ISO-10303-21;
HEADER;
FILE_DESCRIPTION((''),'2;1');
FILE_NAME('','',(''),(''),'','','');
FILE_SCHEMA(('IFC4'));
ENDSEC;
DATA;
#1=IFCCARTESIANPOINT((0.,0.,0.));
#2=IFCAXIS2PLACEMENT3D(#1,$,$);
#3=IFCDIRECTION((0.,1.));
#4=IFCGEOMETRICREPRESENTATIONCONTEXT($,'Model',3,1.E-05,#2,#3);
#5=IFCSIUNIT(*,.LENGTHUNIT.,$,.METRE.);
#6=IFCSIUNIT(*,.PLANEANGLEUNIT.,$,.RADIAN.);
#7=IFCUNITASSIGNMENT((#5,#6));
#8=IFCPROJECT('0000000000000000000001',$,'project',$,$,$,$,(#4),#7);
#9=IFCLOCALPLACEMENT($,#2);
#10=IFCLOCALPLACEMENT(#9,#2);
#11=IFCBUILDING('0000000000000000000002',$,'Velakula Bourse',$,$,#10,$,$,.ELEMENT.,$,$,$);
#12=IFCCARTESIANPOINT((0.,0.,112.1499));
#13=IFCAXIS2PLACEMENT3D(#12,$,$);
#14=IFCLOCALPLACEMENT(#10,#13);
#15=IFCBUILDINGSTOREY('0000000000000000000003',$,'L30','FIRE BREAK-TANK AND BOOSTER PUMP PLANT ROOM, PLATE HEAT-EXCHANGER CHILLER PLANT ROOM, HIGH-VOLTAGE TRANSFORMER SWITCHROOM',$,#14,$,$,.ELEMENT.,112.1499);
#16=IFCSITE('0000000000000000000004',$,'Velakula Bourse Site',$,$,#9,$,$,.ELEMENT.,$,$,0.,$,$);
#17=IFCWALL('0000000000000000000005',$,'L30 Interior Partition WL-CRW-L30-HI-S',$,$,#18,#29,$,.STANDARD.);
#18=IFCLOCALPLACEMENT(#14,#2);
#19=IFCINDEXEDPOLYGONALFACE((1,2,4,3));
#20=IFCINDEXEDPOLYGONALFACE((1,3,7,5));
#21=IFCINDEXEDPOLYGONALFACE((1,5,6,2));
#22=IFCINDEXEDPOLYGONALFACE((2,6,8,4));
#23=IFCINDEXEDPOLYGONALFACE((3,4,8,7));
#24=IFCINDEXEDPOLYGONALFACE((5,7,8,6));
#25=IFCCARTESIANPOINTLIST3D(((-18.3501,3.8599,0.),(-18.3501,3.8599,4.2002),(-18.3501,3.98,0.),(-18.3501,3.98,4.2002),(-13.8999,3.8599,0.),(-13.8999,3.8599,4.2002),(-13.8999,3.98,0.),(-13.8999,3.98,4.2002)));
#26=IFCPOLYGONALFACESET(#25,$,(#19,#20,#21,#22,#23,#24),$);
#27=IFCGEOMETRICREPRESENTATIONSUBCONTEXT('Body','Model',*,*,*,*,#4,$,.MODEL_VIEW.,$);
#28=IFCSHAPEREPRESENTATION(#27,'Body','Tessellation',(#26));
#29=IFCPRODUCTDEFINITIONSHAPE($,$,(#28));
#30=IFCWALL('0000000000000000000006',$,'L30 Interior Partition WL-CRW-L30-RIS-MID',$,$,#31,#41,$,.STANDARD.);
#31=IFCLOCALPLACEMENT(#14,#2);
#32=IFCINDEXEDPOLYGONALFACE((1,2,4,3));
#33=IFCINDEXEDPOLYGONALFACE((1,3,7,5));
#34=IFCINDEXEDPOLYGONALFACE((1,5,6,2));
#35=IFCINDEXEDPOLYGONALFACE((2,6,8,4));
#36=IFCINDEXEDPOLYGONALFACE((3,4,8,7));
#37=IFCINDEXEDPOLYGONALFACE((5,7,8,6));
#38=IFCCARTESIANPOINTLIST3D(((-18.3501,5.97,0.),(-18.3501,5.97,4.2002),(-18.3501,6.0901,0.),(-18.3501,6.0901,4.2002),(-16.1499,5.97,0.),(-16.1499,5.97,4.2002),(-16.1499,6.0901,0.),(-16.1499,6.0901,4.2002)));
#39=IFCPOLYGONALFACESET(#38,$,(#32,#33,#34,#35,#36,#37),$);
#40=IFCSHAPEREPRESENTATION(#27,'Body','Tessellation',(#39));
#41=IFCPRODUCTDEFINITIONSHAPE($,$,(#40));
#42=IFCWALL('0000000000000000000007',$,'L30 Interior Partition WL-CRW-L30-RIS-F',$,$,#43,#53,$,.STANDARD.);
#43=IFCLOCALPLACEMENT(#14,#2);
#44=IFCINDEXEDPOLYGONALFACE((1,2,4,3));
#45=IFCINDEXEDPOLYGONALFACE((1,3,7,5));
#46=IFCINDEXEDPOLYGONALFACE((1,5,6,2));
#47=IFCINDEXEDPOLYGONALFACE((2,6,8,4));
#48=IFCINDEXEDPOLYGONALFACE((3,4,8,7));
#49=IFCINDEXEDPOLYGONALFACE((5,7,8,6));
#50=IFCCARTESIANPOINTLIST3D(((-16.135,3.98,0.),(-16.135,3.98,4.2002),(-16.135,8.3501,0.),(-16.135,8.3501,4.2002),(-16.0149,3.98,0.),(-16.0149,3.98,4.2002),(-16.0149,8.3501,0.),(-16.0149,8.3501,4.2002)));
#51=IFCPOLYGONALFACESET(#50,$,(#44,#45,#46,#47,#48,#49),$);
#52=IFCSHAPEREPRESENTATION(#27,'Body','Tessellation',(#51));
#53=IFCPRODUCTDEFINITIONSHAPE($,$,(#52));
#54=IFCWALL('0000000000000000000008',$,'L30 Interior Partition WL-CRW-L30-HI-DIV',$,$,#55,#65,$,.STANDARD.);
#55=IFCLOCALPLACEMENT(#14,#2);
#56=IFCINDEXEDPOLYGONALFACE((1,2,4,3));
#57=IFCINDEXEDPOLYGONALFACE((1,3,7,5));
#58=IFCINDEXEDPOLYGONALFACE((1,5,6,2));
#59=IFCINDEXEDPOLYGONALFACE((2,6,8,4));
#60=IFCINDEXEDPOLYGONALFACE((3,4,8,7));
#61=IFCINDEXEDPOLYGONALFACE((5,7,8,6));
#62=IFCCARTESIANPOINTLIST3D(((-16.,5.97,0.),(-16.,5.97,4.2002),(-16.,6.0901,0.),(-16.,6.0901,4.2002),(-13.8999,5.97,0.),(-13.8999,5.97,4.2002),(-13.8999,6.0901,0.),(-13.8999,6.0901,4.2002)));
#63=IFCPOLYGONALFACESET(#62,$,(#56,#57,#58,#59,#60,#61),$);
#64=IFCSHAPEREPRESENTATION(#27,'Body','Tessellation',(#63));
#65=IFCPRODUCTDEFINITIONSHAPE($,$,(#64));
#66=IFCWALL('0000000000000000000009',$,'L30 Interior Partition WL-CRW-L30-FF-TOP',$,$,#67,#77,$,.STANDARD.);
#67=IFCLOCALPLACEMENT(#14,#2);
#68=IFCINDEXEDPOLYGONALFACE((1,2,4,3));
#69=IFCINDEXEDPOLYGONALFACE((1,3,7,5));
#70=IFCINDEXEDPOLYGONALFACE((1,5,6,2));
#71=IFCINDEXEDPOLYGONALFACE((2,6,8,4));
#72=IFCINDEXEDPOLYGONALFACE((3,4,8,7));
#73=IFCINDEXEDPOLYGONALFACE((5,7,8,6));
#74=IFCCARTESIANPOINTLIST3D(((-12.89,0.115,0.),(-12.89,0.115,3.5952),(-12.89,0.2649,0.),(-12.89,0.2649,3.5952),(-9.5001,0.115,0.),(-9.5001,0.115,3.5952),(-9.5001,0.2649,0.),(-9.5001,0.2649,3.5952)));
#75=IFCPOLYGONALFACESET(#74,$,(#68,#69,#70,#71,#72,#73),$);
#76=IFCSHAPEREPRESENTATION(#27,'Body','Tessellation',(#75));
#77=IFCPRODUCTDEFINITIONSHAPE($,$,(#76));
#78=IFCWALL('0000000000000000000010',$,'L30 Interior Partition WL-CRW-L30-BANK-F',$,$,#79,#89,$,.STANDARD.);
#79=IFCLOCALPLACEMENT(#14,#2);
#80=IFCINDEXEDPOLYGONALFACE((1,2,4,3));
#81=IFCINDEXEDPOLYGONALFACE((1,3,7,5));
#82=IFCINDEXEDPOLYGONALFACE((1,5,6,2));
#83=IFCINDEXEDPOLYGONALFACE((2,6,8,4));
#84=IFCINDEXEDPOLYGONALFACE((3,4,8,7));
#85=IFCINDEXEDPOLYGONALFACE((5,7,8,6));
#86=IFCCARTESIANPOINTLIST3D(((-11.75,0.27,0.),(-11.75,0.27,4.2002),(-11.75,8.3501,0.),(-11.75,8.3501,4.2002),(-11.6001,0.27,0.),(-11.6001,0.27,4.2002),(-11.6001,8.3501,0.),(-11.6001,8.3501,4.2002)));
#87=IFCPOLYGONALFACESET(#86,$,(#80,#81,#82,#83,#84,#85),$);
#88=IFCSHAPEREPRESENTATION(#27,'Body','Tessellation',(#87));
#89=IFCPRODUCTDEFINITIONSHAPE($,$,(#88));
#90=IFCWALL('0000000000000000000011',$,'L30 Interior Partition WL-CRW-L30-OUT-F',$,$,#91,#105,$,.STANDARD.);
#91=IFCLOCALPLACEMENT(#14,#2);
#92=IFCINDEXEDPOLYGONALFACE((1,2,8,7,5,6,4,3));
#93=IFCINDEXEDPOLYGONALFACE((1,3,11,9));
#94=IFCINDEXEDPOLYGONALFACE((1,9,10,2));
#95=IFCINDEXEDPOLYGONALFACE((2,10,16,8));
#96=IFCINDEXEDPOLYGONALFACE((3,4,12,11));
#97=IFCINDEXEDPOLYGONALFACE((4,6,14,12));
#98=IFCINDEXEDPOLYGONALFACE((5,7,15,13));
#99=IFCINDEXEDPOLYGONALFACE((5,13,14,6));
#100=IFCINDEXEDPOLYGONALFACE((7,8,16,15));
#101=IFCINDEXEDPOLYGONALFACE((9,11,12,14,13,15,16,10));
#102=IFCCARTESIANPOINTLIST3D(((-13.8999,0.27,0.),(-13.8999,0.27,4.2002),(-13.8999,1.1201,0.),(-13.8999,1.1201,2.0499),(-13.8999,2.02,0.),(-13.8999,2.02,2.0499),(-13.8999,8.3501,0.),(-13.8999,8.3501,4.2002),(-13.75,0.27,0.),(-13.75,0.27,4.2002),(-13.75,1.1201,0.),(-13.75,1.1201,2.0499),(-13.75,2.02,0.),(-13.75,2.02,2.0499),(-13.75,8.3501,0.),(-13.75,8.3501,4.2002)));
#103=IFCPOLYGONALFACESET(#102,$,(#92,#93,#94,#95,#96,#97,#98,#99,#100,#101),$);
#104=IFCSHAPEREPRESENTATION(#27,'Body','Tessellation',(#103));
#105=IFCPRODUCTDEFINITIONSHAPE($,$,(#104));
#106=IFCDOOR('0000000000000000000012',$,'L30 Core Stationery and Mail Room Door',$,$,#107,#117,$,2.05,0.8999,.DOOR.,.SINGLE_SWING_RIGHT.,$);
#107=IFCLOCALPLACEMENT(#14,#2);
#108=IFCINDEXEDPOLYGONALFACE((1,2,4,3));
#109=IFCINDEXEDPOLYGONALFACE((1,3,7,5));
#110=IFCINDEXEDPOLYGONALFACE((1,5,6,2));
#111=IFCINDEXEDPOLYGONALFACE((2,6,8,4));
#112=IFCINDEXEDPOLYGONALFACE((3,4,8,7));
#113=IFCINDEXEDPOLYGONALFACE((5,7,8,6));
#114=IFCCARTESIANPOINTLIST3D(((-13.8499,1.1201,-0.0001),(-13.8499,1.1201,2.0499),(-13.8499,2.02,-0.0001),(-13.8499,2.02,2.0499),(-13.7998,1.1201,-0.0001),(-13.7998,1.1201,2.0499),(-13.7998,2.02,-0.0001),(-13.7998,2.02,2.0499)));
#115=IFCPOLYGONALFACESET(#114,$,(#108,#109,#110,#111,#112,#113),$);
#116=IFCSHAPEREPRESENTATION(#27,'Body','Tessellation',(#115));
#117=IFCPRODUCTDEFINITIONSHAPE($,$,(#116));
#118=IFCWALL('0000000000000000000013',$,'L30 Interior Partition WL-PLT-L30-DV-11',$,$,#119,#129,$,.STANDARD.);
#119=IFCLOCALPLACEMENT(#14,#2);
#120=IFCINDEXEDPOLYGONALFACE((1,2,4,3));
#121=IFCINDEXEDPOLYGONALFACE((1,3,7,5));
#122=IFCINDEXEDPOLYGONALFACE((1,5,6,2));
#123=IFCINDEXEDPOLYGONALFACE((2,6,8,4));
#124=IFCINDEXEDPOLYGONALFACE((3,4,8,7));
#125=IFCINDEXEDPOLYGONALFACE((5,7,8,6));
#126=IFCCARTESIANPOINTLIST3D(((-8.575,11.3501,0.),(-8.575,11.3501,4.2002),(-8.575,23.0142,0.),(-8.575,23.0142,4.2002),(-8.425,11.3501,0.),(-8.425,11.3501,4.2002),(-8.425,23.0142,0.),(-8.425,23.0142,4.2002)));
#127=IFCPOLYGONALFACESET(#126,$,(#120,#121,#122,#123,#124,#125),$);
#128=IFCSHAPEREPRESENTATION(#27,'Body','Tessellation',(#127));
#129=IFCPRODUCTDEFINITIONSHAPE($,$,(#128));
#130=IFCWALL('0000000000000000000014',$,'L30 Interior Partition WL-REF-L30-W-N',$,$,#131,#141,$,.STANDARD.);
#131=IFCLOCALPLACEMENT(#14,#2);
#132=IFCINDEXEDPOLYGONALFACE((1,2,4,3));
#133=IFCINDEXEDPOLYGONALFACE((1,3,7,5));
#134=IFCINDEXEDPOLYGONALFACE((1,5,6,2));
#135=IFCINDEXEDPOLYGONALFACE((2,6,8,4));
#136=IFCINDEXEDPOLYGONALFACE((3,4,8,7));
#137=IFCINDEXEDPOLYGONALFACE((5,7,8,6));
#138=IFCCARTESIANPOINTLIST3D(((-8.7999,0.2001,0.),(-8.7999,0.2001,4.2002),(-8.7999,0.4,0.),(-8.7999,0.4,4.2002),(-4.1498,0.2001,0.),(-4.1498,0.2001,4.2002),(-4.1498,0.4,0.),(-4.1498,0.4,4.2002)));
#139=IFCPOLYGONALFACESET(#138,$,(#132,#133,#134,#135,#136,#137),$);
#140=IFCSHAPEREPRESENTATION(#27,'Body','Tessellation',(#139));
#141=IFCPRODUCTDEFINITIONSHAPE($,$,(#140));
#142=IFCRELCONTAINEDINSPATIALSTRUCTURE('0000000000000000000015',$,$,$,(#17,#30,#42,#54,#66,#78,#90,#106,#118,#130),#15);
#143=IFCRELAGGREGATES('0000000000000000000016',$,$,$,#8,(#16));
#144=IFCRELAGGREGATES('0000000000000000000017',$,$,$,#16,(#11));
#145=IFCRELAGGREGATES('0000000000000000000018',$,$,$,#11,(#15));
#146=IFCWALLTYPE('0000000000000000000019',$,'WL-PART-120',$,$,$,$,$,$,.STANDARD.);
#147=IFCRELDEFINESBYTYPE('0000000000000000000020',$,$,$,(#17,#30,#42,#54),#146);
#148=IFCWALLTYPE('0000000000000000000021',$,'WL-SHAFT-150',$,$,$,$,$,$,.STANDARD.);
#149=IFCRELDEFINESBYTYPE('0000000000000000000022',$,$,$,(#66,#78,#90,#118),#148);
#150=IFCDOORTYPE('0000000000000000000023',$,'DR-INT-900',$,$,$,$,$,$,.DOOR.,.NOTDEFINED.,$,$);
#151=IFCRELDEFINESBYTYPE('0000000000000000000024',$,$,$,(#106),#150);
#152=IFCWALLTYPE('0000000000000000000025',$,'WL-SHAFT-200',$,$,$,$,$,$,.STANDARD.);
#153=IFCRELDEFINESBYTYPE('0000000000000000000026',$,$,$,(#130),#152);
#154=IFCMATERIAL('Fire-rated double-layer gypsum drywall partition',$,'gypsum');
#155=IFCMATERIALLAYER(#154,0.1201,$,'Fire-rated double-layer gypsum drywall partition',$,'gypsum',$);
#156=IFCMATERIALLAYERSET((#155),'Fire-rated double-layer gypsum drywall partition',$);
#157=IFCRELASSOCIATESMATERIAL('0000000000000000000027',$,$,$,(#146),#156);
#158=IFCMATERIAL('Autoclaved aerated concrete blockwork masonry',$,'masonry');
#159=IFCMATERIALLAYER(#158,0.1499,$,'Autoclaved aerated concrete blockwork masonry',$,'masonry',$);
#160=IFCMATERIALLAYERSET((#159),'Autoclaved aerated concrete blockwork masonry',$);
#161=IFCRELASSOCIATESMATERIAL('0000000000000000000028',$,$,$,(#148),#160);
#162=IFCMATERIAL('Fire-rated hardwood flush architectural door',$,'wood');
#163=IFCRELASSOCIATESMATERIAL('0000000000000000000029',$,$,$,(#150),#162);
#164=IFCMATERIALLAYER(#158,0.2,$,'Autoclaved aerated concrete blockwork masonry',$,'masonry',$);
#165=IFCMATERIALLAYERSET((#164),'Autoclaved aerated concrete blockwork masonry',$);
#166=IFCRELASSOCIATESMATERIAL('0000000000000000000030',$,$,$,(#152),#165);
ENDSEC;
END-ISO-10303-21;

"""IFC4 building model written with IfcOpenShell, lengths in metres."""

from ifc_helpers import new_model, si_unit, direction, frame, frame_2d, origin, place, context, subcontext, project, spatial, rectangle, extrude, material, layer, layer_set, type_object, element, fill, save


model = new_model("IFC4")

# Units and contexts
model_context = context("Model", 3, precision=1e-05, world=origin(), true_north=direction((0.0, 1.0)))
body_context = subcontext(model_context, "Body", "Model", "MODEL_VIEW")
ifc_project = project(units=[si_unit("LENGTHUNIT", "METRE"), si_unit("PLANEANGLEUNIT", "RADIAN")], contexts=[model_context])

# Site, building, storey
site_placement = place(None, origin())
site = spatial("IfcSite", under=ifc_project, at=site_placement, Name="Velakula Bourse Site", CompositionType="ELEMENT", RefElevation=0.0)
building_placement = place(site_placement, origin())
building = spatial("IfcBuilding", under=site, at=building_placement, Name="Velakula Bourse", CompositionType="ELEMENT")
storey_placement = place(building_placement, frame((0.0, 0.0, 112.1499)))
storey = spatial("IfcBuildingStorey", under=building, at=storey_placement, Name="L30", Description="FIRE BREAK-TANK AND BOOSTER PUMP PLANT ROOM, PLATE HEAT-EXCHANGER CHILLER PLANT ROOM, HIGH-VOLTAGE TRANSFORMER SWITCHROOM", CompositionType="ELEMENT", Elevation=112.1499)

# Shared definitions
ifc_material_1 = material(Name="Fire-rated double-layer gypsum drywall partition", Category="gypsum")
ifc_layer_1 = layer(ifc_material_1, 0.1201, Name="Fire-rated double-layer gypsum drywall partition", Category="gypsum")
ifc_layer_set_1 = layer_set([ifc_layer_1], Name="Fire-rated double-layer gypsum drywall partition")
wall_type_1 = type_object("IfcWallType", Name="WL-PART-120", PredefinedType="STANDARD", material=ifc_layer_set_1)
ifc_material_2 = material(Name="Fire-rated hardwood flush architectural door", Category="wood")

# Walls
wall_1_placement = place(storey_placement, frame((-18.3501, 3.9199, 0.0), z_axis=(0.0, 0.0, 1.0), x_axis=(1.0, 0.0, 0.0)))
element("IfcWall", 1, at=wall_1_placement, inside=storey, type_object=wall_type_1, Name="L30 Interior Partition WL-CRW-L30-HI-S", PredefinedType="STANDARD", context=body_context, shape_type="SweptSolid", body=[
    extrude(rectangle(XDim=4.4502, YDim=0.1201, at=frame_2d((2.2251, 0.0))), origin(), (0.0, 0.0, 1.0), 4.2002),
])
wall_2_placement = place(storey_placement, frame((-18.3501, 6.03, 0.0), z_axis=(0.0, 0.0, 1.0), x_axis=(1.0, 0.0, 0.0)))
element("IfcWall", 2, at=wall_2_placement, inside=storey, type_object=wall_type_1, Name="L30 Interior Partition WL-CRW-L30-RIS-MID", PredefinedType="STANDARD", context=body_context, shape_type="SweptSolid", body=[
    extrude(rectangle(XDim=2.2002, YDim=0.1201, at=frame_2d((1.1001, 0.0))), origin(), (0.0, 0.0, 1.0), 4.2002),
])
wall_3_placement = place(storey_placement, frame((-16.075, 3.98, 0.0), z_axis=(0.0, 0.0, 1.0), x_axis=(0.0, 1.0, 0.0)))
element("IfcWall", 3, at=wall_3_placement, inside=storey, type_object=wall_type_1, Name="L30 Interior Partition WL-CRW-L30-RIS-F", PredefinedType="STANDARD", context=body_context, shape_type="SweptSolid", body=[
    extrude(rectangle(XDim=4.3701, YDim=0.1201, at=frame_2d((2.1851, 0.0))), origin(), (0.0, 0.0, 1.0), 4.2002),
])
wall_4_placement = place(storey_placement, frame((-16.0, 6.03, 0.0), z_axis=(0.0, 0.0, 1.0), x_axis=(1.0, 0.0, 0.0)))
element("IfcWall", 4, at=wall_4_placement, inside=storey, type_object=wall_type_1, Name="L30 Interior Partition WL-CRW-L30-HI-DIV", PredefinedType="STANDARD", context=body_context, shape_type="SweptSolid", body=[
    extrude(rectangle(XDim=2.1001, YDim=0.1201, at=frame_2d((1.05, 0.0))), origin(), (0.0, 0.0, 1.0), 4.2002),
])
ifc_material_3 = material(Name="Autoclaved aerated concrete blockwork masonry", Category="masonry")
ifc_layer_2 = layer(ifc_material_3, 0.1499, Name="Autoclaved aerated concrete blockwork masonry", Category="masonry")
ifc_layer_set_2 = layer_set([ifc_layer_2], Name="Autoclaved aerated concrete blockwork masonry")
wall_type_2 = type_object("IfcWallType", Name="WL-SHAFT-150", PredefinedType="STANDARD", material=ifc_layer_set_2)
wall_5_placement = place(storey_placement, frame((-12.8899, 0.1899, 0.0), z_axis=(0.0, 0.0, 1.0), x_axis=(1.0, 0.0, 0.0)))
element("IfcWall", 5, at=wall_5_placement, inside=storey, type_object=wall_type_2, Name="L30 Interior Partition WL-CRW-L30-FF-TOP", PredefinedType="STANDARD", context=body_context, shape_type="SweptSolid", body=[
    extrude(rectangle(XDim=3.3899, YDim=0.1499, at=frame_2d((1.6948, 0.0))), origin(), (0.0, 0.0, 1.0), 3.5952),
])
wall_6_placement = place(storey_placement, frame((-11.675, 0.27, 0.0), z_axis=(0.0, 0.0, 1.0), x_axis=(0.0, 1.0, 0.0)))
element("IfcWall", 6, at=wall_6_placement, inside=storey, type_object=wall_type_2, Name="L30 Interior Partition WL-CRW-L30-BANK-F", PredefinedType="STANDARD", context=body_context, shape_type="SweptSolid", body=[
    extrude(rectangle(XDim=8.0801, YDim=0.1499, at=frame_2d((4.04, 0.0))), origin(), (0.0, 0.0, 1.0), 4.2002),
])

# Wall, opening, door
wall_7_placement = place(storey_placement, frame((-13.825, 0.27, 0.0), z_axis=(0.0, 0.0, 1.0), x_axis=(0.0, 1.0, 0.0)))
wall_7 = element("IfcWall", 7, at=wall_7_placement, inside=storey, type_object=wall_type_2, Name="L30 Interior Partition WL-CRW-L30-OUT-F", PredefinedType="STANDARD", context=body_context, shape_type="SweptSolid", body=[
    extrude(rectangle(XDim=8.0801, YDim=0.1499, at=frame_2d((4.04, 0.0))), origin(), (0.0, 0.0, 1.0), 4.2002),
])
opening_1_placement = place(wall_7_placement, frame((0.8501, 0.0, 0.0)))
opening_1 = element("IfcOpeningElement", 8, at=opening_1_placement, cuts=wall_7, PredefinedType="OPENING", context=body_context, shape_type="SweptSolid", body=[
    extrude(rectangle(XDim=0.8999, YDim=2.05, at=frame_2d((0.45, 1.0249))), frame((0.0, 0.085, 0.0), z_axis=(0.0, -1.0, 0.0), x_axis=(1.0, 0.0, 0.0)), (0.0, 0.0, 1.0), 0.1699),
])
door_type_1 = type_object("IfcDoorType", Name="DR-INT-900", OperationType="NOTDEFINED", PredefinedType="DOOR", material=ifc_material_2)
door_1_placement = place(opening_1_placement, origin())
door_1 = element("IfcDoor", 9, at=door_1_placement, inside=storey, type_object=door_type_1, Name="L30 Core Stationery and Mail Room Door", OperationType="SINGLE_SWING_RIGHT", OverallHeight=2.05, OverallWidth=0.8999, PredefinedType="DOOR", context=body_context, shape_type="SweptSolid", body=[
    extrude(rectangle(XDim=0.8999, YDim=2.05, at=frame_2d((0.45, 1.0249))), frame((0.0, 0.0249, 0.0), z_axis=(0.0, -1.0, 0.0), x_axis=(1.0, 0.0, 0.0)), (0.0, 0.0, 1.0), 0.05),
])
fill(opening_1, door_1)

# Walls
wall_8_placement = place(storey_placement, frame((-8.5, 11.3501, 0.0), z_axis=(0.0, 0.0, 1.0), x_axis=(0.0, 1.0, 0.0)))
element("IfcWall", 10, at=wall_8_placement, inside=storey, type_object=wall_type_2, Name="L30 Interior Partition WL-PLT-L30-DV-11", PredefinedType="STANDARD", context=body_context, shape_type="SweptSolid", body=[
    extrude(rectangle(XDim=11.6641, YDim=0.1499, at=frame_2d((5.832, 0.0))), origin(), (0.0, 0.0, 1.0), 4.2002),
])
ifc_layer_3 = layer(ifc_material_3, 0.2, Name="Autoclaved aerated concrete blockwork masonry", Category="masonry")
ifc_layer_set_3 = layer_set([ifc_layer_3], Name="Autoclaved aerated concrete blockwork masonry")
wall_type_3 = type_object("IfcWallType", Name="WL-SHAFT-200", PredefinedType="STANDARD", material=ifc_layer_set_3)
wall_9_placement = place(storey_placement, frame((-8.8, 0.3, 0.0), z_axis=(0.0, 0.0, 1.0), x_axis=(1.0, 0.0, 0.0)))
element("IfcWall", 11, at=wall_9_placement, inside=storey, type_object=wall_type_3, Name="L30 Interior Partition WL-REF-L30-W-N", PredefinedType="STANDARD", context=body_context, shape_type="SweptSolid", body=[
    extrude(rectangle(XDim=4.6501, YDim=0.2, at=frame_2d((2.3252, 0.0))), origin(), (0.0, 0.0, 1.0), 4.2002),
])

save(model, "model.ifc")
